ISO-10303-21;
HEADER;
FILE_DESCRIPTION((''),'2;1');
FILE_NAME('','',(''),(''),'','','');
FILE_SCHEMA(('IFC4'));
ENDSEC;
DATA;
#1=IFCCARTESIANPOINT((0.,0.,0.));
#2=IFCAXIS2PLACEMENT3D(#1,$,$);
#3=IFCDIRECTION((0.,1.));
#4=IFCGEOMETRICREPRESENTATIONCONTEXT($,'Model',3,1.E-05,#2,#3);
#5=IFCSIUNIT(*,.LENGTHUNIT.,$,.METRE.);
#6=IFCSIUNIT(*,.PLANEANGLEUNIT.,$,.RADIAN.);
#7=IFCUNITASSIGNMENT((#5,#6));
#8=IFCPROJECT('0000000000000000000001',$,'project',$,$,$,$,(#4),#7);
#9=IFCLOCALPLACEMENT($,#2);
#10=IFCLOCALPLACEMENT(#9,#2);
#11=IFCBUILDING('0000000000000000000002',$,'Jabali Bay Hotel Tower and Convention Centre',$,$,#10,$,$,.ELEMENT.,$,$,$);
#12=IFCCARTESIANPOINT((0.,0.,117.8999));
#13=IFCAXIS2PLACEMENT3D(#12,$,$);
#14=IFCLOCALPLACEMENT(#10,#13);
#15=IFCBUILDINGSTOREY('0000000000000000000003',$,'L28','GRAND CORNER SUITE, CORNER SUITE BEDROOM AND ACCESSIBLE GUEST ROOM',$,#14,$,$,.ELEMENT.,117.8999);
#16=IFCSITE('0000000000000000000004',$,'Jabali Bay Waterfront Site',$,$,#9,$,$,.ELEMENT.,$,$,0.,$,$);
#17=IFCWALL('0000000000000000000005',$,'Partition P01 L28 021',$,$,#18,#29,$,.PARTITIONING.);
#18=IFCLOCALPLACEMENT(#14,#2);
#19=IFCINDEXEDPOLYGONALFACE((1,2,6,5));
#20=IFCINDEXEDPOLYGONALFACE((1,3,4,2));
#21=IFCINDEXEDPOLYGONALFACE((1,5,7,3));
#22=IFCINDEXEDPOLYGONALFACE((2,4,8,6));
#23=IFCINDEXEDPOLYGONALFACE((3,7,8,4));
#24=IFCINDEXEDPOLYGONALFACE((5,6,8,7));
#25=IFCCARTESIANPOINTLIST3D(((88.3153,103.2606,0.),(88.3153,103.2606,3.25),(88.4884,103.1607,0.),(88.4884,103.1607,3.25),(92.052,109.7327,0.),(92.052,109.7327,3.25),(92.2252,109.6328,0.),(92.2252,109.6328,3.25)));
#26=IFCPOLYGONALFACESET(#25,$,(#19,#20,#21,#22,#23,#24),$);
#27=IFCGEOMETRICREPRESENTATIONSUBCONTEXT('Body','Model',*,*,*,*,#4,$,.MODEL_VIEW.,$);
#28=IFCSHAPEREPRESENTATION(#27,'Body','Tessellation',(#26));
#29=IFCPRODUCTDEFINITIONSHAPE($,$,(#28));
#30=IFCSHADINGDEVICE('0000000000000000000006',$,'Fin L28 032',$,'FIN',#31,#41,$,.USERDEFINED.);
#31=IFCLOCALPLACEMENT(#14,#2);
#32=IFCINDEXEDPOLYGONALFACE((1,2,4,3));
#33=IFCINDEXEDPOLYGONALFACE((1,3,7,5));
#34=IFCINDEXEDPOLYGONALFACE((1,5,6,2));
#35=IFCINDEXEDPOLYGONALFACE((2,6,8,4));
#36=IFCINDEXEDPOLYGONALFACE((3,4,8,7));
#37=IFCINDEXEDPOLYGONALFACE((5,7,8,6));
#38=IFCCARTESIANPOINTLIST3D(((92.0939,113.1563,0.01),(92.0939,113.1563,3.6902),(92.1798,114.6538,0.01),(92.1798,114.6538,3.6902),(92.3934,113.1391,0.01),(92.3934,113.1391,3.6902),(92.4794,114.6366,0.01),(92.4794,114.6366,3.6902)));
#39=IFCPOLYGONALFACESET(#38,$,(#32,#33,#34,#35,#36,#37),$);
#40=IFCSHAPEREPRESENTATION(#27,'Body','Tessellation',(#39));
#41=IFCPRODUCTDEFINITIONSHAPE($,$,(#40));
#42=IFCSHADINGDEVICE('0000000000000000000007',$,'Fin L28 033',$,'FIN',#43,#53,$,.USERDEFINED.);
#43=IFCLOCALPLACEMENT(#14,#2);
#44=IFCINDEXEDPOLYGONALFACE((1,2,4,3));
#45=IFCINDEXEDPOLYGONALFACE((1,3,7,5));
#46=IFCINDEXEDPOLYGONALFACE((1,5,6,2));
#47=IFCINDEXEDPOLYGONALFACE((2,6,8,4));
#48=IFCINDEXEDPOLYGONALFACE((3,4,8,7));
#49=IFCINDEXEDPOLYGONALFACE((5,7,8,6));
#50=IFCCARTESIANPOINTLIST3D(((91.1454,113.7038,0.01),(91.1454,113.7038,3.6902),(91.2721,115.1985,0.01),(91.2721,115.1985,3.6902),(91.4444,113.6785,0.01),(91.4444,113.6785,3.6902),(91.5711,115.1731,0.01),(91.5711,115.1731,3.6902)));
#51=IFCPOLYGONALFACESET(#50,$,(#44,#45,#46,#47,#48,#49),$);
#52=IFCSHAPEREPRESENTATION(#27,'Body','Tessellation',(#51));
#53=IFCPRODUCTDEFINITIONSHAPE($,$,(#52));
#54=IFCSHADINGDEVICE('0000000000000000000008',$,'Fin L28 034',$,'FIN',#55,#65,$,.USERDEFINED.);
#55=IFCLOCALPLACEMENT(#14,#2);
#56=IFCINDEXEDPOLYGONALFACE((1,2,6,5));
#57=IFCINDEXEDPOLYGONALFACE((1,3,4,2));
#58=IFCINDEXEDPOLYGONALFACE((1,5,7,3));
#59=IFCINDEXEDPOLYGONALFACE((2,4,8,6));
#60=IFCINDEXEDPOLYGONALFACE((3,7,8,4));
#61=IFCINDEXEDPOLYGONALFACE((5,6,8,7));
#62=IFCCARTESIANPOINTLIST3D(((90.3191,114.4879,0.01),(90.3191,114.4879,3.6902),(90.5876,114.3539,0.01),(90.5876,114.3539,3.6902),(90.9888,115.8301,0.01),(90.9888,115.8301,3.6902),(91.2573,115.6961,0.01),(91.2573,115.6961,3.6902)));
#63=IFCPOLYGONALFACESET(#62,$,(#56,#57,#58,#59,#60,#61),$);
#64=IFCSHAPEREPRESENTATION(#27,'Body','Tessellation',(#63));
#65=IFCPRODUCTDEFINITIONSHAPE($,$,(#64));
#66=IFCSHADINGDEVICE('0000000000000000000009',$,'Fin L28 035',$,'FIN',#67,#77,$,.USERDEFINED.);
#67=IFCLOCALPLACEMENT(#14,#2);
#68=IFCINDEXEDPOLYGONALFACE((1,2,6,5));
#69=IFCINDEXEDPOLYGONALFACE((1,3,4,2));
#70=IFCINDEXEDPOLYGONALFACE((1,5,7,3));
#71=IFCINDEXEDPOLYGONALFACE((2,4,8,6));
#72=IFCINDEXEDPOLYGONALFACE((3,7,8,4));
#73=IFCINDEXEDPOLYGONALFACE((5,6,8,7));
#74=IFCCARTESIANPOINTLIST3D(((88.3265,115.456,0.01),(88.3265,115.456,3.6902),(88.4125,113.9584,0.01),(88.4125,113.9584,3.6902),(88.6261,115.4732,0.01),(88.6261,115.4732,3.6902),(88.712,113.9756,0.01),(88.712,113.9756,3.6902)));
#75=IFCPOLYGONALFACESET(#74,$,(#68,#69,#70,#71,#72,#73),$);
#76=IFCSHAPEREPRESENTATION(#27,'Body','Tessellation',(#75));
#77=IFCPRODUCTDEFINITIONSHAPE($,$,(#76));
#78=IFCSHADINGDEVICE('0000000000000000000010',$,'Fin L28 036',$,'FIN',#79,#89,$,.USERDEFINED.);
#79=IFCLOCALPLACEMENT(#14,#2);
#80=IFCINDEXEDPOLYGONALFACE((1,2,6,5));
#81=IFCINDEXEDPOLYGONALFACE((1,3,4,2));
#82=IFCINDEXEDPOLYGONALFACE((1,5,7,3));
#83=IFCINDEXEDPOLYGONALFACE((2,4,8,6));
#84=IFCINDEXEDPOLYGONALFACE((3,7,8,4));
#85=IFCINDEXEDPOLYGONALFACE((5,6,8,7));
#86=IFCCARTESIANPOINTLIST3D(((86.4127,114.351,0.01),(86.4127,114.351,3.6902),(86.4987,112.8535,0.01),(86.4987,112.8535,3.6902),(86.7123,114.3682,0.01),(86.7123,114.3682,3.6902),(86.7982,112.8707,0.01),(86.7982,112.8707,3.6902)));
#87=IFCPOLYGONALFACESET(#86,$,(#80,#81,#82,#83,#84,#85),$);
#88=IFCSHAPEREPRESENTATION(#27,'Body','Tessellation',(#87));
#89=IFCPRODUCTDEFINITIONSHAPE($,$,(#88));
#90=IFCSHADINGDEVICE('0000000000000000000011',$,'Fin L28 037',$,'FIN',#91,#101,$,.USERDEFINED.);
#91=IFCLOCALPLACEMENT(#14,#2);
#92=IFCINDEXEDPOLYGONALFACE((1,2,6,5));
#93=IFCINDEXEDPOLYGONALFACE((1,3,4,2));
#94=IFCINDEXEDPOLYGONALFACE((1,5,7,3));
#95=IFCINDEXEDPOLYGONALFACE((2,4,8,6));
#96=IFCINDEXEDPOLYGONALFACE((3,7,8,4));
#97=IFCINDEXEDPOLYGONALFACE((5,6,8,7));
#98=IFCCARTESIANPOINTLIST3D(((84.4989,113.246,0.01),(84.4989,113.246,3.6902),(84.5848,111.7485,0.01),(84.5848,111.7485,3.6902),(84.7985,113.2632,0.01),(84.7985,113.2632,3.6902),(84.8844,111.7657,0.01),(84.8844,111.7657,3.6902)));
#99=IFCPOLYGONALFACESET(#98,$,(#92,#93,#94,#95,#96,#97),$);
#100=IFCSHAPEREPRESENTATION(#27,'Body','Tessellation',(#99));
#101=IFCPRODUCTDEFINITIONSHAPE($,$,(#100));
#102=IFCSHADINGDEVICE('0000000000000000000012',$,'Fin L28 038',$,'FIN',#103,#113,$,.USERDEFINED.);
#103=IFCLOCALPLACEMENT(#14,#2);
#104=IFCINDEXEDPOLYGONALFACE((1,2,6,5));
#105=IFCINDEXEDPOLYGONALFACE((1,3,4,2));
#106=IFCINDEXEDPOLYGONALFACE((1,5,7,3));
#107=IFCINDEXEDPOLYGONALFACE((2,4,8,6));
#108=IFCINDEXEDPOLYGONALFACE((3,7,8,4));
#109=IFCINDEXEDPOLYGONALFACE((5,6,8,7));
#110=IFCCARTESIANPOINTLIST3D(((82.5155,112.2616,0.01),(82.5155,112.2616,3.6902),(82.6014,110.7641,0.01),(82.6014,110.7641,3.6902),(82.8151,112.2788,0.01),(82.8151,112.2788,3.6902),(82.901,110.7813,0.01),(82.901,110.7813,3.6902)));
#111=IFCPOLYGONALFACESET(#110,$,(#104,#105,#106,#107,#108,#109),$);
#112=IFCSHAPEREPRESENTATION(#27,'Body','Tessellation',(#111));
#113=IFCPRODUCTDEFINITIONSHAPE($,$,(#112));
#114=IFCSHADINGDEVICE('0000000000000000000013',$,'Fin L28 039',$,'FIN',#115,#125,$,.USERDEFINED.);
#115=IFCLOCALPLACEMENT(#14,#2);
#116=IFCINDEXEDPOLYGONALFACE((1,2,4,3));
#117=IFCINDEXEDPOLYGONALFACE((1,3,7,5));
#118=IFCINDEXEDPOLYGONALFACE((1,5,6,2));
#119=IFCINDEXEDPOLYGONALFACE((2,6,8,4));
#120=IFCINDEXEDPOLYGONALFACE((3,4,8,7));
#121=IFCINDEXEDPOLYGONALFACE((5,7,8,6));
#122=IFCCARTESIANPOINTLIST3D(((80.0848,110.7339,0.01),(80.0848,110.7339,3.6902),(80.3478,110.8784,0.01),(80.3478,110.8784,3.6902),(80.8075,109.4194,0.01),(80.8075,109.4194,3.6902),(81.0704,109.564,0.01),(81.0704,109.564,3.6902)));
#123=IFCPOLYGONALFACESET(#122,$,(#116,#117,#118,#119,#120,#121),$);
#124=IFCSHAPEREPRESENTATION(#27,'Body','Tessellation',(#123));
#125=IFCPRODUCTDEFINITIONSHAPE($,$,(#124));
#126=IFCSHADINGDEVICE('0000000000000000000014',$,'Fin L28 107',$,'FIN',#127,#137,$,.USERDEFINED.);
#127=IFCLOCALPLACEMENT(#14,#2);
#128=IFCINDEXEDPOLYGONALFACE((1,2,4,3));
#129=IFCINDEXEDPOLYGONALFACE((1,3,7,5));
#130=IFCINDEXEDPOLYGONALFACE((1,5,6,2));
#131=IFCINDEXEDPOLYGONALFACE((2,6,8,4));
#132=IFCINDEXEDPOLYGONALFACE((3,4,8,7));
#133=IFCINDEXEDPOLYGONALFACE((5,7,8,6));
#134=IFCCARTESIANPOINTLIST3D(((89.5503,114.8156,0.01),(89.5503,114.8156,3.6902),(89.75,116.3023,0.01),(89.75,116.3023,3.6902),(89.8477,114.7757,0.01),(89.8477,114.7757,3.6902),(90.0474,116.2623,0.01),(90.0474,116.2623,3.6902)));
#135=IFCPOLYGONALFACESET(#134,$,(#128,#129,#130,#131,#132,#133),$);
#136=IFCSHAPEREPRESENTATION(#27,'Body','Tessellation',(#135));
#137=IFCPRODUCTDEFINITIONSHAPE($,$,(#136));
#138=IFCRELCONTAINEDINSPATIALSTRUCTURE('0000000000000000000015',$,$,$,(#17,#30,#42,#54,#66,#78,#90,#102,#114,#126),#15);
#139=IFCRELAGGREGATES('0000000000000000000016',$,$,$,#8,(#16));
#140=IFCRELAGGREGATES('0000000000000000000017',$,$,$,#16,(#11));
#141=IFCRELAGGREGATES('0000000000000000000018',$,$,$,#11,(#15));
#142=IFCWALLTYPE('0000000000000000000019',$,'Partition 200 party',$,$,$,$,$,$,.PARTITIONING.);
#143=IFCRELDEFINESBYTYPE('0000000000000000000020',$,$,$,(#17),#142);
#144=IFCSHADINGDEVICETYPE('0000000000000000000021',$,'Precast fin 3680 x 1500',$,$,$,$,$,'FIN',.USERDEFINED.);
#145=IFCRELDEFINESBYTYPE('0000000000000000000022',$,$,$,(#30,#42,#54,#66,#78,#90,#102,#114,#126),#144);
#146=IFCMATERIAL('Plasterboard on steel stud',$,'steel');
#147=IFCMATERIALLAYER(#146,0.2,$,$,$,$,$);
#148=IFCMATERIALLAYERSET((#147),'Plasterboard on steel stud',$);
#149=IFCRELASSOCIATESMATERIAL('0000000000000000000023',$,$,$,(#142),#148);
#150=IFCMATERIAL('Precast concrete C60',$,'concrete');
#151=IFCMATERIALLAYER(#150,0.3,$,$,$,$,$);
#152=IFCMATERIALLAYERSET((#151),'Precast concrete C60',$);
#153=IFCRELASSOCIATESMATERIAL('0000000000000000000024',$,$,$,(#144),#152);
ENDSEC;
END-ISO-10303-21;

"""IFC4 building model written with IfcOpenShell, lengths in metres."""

from ifc_helpers import new_model, si_unit, direction, frame, frame_2d, origin, place, context, subcontext, project, spatial, rectangle, extrude, material, layer, layer_set, type_object, element, save


model = new_model("IFC4")

# Units and contexts
model_context = context("Model", 3, precision=1e-05, world=origin(), true_north=direction((0.0, 1.0)))
body_context = subcontext(model_context, "Body", "Model", "MODEL_VIEW")
ifc_project = project(units=[si_unit("LENGTHUNIT", "METRE"), si_unit("PLANEANGLEUNIT", "RADIAN")], contexts=[model_context])

# Site, building, storey
site_placement = place(None, origin())
site = spatial("IfcSite", under=ifc_project, at=site_placement, Name="Jabali Bay Waterfront Site", CompositionType="ELEMENT", RefElevation=0.0)
building_placement = place(site_placement, origin())
building = spatial("IfcBuilding", under=site, at=building_placement, Name="Jabali Bay Hotel Tower and Convention Centre", CompositionType="ELEMENT")
storey_placement = place(building_placement, frame((0.0, 0.0, 117.8999)))
storey = spatial("IfcBuildingStorey", under=building, at=storey_placement, Name="L28", Description="GRAND CORNER SUITE, CORNER SUITE BEDROOM AND ACCESSIBLE GUEST ROOM", CompositionType="ELEMENT", Elevation=117.8999)

# Wall
ifc_material_1 = material(Name="Plasterboard on steel stud", Category="steel")
ifc_layer_1 = layer(ifc_material_1, 0.2)
ifc_layer_set_1 = layer_set([ifc_layer_1], Name="Plasterboard on steel stud")
wall_type_1 = type_object("IfcWallType", Name="Partition 200 party", PredefinedType="PARTITIONING", material=ifc_layer_set_1)
wall_1_placement = place(storey_placement, frame((92.1387, 109.6829, 0.0), z_axis=(0.0, 0.0, 1.0), x_axis=(-0.500011, -0.866019, 0.0)))
element("IfcWall", 1, at=wall_1_placement, inside=storey, type_object=wall_type_1, Name="Partition P01 L28 021", PredefinedType="PARTITIONING", context=body_context, shape_type="SweptSolid", body=[
    extrude(rectangle(XDim=7.4734, YDim=0.2, at=frame_2d((3.7368, 0.0))), origin(), (0.0, 0.0, 1.0), 3.25),
])

# Shading devices
ifc_material_2 = material(Name="Precast concrete C60", Category="concrete")
ifc_layer_2 = layer(ifc_material_2, 0.3)
ifc_layer_set_2 = layer_set([ifc_layer_2], Name="Precast concrete C60")
shading_device_type = type_object("IfcShadingDeviceType", Name="Precast fin 3680 x 1500", ElementType="FIN", PredefinedType="USERDEFINED", material=ifc_layer_set_2)
for number, where, z_axis, x_axis, name in (
    (2, (92.2437, 113.1477, 0.01), (0.0, 0.0, 1.0), (0.057291, 0.998358, 0.0), "Fin L28 032"),
    (3, (91.2949, 113.6912, 0.01), (0.0, 0.0, 1.0), (0.084473, 0.996426, 0.0), "Fin L28 033"),
    (4, (90.4534, 114.4209, 0.01), (0.0, 0.0, 1.0), (0.446432, 0.894817, 0.0), "Fin L28 034"),
    (5, (88.5623, 113.967, 0.01), (0.0, 0.0, 1.0), (-0.057291, 0.998358, 0.0), "Fin L28 035"),
    (6, (86.6484, 112.8621, 0.01), (0.0, 0.0, 1.0), (-0.057291, 0.998358, 0.0), "Fin L28 036"),
    (7, (84.7346, 111.7571, 0.01), (0.0, 0.0, 1.0), (-0.057291, 0.998358, 0.0), "Fin L28 037"),
    (8, (82.7512, 110.7727, 0.01), (0.0, 0.0, 1.0), (-0.057291, 0.998358, 0.0), "Fin L28 038"),
    (9, (80.939, 109.4917, 0.01), (0.0, 0.0, 1.0), (-0.481769, 0.876298, 0.0), "Fin L28 039"),
    (10, (89.699, 114.7957, 0.01), (0.0, 0.0, 1.0), (0.133145, 0.991097, 0.0), "Fin L28 107"),
):
    element("IfcShadingDevice", number, at=place(storey_placement, frame(where, z_axis=z_axis, x_axis=x_axis)), inside=storey, type_object=shading_device_type, Name=name, ObjectType="FIN", PredefinedType="USERDEFINED", context=body_context, shape_type="SweptSolid", body=[
        extrude(rectangle(XDim=1.5, YDim=0.3, at=frame_2d((0.75, 0.0))), origin(), (0.0, 0.0, 1.0), 3.6802),
    ])

save(model, "model.ifc")
